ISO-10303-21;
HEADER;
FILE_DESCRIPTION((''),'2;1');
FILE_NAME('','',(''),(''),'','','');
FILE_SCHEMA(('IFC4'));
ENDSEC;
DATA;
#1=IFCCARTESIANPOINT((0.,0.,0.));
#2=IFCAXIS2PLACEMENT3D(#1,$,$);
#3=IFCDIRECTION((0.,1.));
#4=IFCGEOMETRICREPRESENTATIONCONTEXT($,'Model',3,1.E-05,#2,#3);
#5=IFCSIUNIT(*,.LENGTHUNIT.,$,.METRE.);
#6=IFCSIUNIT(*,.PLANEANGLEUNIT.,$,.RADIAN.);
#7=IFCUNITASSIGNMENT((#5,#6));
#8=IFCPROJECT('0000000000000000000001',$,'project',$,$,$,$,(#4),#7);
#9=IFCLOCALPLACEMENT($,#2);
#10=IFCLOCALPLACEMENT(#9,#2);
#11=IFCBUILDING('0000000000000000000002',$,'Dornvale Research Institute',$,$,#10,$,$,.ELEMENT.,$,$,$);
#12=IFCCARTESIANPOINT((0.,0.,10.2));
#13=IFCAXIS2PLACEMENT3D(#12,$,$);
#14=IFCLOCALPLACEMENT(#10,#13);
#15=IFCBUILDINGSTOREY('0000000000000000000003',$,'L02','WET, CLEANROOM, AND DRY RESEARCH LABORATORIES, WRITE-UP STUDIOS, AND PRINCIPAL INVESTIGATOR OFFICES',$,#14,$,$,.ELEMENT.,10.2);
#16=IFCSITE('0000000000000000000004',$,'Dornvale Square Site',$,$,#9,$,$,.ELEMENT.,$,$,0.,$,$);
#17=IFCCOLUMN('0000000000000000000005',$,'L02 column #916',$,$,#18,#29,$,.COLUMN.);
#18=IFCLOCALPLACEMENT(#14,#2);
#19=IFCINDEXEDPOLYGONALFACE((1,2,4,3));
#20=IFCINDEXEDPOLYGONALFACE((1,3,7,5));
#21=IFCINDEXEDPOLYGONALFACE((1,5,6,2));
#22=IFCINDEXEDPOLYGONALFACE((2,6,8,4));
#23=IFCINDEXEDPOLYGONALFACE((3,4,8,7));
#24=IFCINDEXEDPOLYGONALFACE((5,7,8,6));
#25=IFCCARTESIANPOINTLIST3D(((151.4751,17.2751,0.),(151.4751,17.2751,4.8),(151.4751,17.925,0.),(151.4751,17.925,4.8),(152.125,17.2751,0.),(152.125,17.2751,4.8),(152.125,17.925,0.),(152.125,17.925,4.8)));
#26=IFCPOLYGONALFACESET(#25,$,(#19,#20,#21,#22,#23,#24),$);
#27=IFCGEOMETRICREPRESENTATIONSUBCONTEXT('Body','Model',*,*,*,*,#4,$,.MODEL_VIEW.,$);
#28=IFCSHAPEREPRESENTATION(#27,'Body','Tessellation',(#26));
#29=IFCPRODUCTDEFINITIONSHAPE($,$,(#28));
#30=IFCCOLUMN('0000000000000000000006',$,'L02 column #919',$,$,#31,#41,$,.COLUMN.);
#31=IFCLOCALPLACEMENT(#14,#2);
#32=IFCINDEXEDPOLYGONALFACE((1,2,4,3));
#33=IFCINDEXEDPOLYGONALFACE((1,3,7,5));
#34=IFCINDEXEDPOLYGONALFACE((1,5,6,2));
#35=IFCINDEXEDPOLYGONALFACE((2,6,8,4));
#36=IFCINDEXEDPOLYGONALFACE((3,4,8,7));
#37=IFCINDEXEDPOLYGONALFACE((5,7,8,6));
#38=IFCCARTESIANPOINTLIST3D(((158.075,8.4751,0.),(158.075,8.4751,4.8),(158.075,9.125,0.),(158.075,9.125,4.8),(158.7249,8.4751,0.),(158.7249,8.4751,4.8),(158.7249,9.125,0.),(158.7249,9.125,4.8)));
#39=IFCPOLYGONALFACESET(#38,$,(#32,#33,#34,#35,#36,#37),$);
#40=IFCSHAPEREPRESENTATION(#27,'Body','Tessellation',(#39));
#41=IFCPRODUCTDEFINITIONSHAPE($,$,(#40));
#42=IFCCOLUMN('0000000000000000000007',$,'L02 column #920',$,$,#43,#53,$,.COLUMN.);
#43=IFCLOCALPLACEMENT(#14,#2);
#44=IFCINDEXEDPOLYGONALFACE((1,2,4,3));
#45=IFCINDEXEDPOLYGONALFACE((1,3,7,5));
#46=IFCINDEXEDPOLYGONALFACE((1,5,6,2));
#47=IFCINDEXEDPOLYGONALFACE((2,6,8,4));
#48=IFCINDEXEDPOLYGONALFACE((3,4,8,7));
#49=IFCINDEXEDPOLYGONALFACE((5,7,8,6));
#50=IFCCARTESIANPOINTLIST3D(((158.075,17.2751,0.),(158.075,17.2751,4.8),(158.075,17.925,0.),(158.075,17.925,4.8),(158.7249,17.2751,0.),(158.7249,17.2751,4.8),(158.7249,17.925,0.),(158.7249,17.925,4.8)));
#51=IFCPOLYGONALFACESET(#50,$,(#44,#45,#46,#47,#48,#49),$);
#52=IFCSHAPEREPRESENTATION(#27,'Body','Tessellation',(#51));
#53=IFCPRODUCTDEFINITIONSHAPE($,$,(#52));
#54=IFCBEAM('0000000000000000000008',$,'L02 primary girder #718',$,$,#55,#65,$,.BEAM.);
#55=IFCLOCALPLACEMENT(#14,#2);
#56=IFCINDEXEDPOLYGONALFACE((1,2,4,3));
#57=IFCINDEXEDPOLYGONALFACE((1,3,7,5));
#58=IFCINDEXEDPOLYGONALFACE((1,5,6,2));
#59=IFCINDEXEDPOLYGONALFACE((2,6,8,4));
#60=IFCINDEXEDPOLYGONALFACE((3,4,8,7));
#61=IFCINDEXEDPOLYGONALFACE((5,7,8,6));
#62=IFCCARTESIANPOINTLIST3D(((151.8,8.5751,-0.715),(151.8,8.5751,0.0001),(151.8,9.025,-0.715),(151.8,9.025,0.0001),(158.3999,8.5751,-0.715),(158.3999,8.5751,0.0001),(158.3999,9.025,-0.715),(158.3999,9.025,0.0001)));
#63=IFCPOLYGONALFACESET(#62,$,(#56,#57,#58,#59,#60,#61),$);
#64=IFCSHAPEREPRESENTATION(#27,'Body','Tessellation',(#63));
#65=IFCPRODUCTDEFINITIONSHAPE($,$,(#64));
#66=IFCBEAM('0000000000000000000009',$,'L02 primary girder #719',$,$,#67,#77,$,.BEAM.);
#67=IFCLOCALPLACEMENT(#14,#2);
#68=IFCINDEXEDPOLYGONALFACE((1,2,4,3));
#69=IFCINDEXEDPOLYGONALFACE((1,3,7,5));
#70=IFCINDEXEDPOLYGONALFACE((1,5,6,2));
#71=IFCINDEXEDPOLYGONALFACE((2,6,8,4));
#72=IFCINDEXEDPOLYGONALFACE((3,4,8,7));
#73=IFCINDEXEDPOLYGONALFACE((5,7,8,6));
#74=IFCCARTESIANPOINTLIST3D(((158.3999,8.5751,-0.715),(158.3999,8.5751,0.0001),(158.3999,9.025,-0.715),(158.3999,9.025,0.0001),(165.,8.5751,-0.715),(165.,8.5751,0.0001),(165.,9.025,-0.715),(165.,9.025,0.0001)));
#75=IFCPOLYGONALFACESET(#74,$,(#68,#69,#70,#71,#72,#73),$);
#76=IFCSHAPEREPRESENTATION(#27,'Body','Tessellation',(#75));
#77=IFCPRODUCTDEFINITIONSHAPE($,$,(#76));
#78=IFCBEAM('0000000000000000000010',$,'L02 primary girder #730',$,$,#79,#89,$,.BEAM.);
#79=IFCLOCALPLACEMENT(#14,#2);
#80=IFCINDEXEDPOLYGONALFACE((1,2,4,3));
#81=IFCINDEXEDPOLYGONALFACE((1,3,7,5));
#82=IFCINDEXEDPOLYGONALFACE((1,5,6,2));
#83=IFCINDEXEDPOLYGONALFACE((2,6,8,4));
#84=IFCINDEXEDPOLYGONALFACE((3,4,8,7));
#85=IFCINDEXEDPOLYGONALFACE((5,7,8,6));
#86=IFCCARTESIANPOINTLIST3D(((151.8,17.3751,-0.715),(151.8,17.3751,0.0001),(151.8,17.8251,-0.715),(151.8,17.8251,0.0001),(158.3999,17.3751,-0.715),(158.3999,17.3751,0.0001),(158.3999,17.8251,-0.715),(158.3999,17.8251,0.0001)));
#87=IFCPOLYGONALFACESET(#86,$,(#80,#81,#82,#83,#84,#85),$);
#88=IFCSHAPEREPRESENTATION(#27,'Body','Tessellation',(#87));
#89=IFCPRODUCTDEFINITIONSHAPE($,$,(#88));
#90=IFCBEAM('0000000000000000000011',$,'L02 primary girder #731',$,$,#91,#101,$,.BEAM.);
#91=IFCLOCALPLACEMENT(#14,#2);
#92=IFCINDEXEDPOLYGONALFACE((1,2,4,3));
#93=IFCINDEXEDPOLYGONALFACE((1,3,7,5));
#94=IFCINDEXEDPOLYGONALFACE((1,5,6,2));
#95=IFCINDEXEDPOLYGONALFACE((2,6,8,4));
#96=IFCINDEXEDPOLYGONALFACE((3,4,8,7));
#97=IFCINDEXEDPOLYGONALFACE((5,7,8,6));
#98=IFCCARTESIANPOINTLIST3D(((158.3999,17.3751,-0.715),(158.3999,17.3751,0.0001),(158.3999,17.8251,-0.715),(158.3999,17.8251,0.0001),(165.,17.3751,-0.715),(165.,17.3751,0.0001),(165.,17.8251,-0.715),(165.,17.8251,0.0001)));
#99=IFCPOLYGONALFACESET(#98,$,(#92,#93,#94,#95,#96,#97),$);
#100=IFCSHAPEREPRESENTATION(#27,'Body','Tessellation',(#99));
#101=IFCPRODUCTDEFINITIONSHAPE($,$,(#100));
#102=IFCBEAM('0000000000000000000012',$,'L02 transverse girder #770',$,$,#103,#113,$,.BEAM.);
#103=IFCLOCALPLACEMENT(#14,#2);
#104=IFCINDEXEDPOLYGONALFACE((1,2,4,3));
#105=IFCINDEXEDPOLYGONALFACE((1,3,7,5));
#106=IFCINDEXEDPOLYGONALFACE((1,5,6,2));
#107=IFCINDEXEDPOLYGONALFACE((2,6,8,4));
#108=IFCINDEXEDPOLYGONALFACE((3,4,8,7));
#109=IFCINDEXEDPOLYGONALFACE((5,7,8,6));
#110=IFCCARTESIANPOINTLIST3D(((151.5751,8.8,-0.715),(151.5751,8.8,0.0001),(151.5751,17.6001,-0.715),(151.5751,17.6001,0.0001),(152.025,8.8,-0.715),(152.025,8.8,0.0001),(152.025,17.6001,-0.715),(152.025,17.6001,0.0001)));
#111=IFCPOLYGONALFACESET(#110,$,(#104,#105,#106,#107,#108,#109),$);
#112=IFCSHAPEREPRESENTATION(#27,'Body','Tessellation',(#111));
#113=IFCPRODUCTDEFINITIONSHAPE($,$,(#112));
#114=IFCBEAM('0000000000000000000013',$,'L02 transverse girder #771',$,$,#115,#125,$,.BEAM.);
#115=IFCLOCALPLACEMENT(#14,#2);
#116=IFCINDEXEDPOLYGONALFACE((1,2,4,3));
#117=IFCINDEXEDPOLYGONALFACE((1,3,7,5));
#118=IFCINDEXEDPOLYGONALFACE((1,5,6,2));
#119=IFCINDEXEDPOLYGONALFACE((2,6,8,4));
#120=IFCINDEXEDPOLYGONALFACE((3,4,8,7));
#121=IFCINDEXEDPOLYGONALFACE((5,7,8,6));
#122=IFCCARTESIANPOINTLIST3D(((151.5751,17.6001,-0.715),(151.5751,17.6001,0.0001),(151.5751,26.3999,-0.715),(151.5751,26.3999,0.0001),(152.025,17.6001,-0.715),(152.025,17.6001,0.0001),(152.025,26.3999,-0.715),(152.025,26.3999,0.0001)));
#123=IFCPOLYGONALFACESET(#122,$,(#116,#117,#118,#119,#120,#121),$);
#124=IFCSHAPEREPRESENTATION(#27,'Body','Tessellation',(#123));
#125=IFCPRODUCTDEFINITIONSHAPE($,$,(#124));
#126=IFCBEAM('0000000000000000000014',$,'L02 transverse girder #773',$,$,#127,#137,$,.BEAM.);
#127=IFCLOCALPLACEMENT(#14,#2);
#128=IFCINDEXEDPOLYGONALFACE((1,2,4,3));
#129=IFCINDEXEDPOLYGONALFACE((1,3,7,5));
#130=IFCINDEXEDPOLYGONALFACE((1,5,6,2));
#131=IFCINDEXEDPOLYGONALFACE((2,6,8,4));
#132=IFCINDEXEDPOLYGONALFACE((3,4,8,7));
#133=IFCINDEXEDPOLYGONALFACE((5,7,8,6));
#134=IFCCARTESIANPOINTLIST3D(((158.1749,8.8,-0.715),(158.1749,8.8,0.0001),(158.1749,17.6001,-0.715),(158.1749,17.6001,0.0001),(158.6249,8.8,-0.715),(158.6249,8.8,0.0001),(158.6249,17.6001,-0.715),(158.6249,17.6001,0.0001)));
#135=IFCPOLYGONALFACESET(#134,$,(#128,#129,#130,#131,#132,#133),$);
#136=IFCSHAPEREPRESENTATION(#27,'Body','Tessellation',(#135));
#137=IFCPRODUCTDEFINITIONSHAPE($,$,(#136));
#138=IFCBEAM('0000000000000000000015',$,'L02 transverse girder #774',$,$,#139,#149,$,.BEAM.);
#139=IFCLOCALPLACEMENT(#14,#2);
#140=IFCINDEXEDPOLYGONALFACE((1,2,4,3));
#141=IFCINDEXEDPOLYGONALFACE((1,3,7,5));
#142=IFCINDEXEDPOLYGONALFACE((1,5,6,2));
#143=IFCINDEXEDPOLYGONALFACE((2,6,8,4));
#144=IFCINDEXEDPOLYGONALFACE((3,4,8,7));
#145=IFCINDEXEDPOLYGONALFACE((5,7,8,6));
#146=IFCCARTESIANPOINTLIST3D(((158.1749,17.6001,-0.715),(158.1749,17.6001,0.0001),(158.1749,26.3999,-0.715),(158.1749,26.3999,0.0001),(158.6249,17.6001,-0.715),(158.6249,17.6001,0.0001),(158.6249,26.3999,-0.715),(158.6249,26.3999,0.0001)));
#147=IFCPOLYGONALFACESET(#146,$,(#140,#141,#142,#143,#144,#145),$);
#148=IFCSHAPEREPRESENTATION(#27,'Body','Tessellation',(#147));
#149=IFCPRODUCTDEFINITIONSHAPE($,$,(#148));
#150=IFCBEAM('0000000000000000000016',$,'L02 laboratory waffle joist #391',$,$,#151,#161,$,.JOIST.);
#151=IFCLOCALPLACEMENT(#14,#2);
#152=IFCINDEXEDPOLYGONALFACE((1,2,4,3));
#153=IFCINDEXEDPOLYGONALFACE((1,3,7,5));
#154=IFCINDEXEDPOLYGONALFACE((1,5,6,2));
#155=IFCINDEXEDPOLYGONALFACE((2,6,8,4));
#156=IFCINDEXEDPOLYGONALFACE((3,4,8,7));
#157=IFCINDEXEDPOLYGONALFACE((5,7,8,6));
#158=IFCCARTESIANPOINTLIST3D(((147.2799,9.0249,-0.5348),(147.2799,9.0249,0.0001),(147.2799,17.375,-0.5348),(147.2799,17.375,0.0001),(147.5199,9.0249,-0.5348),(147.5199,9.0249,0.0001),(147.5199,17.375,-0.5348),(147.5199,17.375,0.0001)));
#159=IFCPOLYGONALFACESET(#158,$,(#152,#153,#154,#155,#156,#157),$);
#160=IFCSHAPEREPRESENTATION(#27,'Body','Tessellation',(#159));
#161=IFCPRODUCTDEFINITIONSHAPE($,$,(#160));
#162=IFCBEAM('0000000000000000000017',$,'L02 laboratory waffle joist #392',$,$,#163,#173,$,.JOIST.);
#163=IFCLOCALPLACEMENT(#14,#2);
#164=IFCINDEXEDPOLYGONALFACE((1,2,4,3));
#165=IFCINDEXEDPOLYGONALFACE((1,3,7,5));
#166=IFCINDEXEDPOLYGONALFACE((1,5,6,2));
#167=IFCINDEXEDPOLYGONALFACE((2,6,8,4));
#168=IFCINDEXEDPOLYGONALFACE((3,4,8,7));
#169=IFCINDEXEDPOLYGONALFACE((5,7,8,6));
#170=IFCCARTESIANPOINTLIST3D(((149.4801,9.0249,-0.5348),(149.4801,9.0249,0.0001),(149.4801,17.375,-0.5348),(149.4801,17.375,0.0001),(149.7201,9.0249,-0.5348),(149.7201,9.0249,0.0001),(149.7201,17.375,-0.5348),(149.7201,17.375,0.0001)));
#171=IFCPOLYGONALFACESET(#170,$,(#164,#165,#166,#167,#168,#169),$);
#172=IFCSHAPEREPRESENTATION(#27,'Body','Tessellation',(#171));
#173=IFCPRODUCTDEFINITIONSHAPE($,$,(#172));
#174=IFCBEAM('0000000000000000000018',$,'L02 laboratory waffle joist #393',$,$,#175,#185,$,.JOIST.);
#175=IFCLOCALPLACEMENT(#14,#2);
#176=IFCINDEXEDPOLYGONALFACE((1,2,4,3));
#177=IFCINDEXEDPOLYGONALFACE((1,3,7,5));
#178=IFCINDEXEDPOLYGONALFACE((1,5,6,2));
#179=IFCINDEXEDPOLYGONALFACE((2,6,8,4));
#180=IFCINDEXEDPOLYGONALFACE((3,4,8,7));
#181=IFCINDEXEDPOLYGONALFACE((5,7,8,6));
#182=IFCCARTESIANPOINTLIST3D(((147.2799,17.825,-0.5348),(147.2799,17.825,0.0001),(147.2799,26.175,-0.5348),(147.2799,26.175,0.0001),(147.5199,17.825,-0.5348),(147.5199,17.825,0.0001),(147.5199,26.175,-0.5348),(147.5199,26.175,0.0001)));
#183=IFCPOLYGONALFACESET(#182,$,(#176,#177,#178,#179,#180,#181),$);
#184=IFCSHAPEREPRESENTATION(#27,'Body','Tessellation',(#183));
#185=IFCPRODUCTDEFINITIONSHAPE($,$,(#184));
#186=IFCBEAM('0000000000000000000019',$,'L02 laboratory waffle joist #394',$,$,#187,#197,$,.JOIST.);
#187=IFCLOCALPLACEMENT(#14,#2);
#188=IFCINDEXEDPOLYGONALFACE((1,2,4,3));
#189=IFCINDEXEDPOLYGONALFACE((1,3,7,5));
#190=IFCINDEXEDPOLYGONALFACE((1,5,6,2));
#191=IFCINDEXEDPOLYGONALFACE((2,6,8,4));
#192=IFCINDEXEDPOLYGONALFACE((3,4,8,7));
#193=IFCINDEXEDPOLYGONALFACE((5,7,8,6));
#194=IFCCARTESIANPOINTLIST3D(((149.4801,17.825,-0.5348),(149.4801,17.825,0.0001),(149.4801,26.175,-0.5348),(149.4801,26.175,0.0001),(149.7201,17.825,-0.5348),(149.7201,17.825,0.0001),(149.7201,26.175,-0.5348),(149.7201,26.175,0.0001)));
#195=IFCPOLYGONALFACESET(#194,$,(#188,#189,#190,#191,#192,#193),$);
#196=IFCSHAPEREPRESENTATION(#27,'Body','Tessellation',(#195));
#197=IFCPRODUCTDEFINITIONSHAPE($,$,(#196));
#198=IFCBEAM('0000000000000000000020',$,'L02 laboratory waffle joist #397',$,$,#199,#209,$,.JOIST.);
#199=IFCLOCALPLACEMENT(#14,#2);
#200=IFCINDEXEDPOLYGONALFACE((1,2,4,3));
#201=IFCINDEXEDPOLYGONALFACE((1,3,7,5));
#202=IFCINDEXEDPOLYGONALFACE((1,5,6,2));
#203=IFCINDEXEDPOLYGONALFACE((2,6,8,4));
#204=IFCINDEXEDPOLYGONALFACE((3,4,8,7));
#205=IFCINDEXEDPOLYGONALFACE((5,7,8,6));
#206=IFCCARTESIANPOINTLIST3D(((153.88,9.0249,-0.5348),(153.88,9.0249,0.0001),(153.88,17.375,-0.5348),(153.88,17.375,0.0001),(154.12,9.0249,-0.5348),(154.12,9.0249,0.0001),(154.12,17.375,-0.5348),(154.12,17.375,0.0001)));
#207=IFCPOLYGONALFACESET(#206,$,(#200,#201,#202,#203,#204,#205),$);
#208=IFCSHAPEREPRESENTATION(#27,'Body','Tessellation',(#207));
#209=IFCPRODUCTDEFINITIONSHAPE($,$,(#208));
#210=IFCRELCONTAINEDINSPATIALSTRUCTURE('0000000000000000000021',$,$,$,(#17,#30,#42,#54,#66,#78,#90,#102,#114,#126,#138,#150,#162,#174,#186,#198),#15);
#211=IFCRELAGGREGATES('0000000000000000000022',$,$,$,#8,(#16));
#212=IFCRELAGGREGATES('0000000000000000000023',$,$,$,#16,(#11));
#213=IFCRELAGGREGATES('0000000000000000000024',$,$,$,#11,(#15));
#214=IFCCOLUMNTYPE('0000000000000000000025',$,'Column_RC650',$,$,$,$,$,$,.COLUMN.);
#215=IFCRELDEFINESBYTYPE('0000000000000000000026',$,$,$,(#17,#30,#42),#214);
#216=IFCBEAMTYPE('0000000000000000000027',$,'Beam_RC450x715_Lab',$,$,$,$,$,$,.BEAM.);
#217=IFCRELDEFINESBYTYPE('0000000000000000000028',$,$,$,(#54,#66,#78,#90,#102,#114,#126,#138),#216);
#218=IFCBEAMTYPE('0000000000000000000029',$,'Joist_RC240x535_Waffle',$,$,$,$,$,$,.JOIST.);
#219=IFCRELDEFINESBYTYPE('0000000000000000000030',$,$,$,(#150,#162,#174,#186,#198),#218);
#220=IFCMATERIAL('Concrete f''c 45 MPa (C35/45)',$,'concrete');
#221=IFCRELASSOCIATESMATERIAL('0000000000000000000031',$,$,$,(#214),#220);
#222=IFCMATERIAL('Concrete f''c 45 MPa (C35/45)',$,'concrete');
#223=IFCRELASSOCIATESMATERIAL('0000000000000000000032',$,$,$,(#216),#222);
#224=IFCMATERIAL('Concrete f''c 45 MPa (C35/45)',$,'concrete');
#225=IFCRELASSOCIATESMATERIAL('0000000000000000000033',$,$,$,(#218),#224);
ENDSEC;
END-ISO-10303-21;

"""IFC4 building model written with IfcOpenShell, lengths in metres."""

from ifc_helpers import new_model, si_unit, direction, frame, origin, origin_2d, place, context, subcontext, project, spatial, rectangle, extrude, material, material_profile, profile_set, type_object, element, save


model = new_model("IFC4")

# Units and contexts
model_context = context("Model", 3, precision=1e-05, world=origin(), true_north=direction((0.0, 1.0)))
body_context = subcontext(model_context, "Body", "Model", "MODEL_VIEW")
ifc_project = project(units=[si_unit("LENGTHUNIT", "METRE"), si_unit("PLANEANGLEUNIT", "RADIAN")], contexts=[model_context])

# Site, building, storey
site_placement = place(None, origin())
site = spatial("IfcSite", under=ifc_project, at=site_placement, Name="Dornvale Square Site", CompositionType="ELEMENT", RefElevation=0.0)
building_placement = place(site_placement, origin())
building = spatial("IfcBuilding", under=site, at=building_placement, Name="Dornvale Research Institute", CompositionType="ELEMENT")
storey_placement = place(building_placement, frame((0.0, 0.0, 10.2)))
storey = spatial("IfcBuildingStorey", under=building, at=storey_placement, Name="L02", Description="WET, CLEANROOM, AND DRY RESEARCH LABORATORIES, WRITE-UP STUDIOS, AND PRINCIPAL INVESTIGATOR OFFICES", CompositionType="ELEMENT", Elevation=10.2)

# Columns
ifc_material_1 = material(Name="Concrete f'c 45 MPa (C35/45)", Category="concrete")
ifc_material_profile_1 = material_profile(ifc_material_1, rectangle(XDim=0.6499, YDim=0.6499, at=origin_2d()), Name="RC 650x650")
ifc_profile_set_1 = profile_set([ifc_material_profile_1], Name="Concrete f'c 45 MPa (C35/45)")
column_type = type_object("IfcColumnType", Name="Column_RC650", PredefinedType="COLUMN", material=ifc_profile_set_1)
for number, where, z_axis, x_axis, name in (
    (1, (151.8, 17.6001, 0.0), (0.0, 0.0, 1.0), (1.0, 0.0, 0.0), "L02 column #916"),
    (2, (158.3999, 8.8, 0.0), (0.0, 0.0, 1.0), (1.0, 0.0, 0.0), "L02 column #919"),
    (3, (158.3999, 17.6001, 0.0), (0.0, 0.0, 1.0), (1.0, 0.0, 0.0), "L02 column #920"),
):
    element("IfcColumn", number, at=place(storey_placement, frame(where, z_axis=z_axis, x_axis=x_axis)), inside=storey, type_object=column_type, Name=name, PredefinedType="COLUMN", context=body_context, shape_type="SweptSolid", body=[
        extrude(rectangle(XDim=0.6499, YDim=0.6499, at=origin_2d()), origin(), (0.0, 0.0, 1.0), 4.8),
    ])

# Beams
ifc_material_2 = material(Name="Concrete f'c 45 MPa (C35/45)", Category="concrete")
ifc_material_profile_2 = material_profile(ifc_material_2, rectangle(XDim=0.45, YDim=0.7151, at=origin_2d()), Name="RC 450x715")
ifc_profile_set_2 = profile_set([ifc_material_profile_2], Name="Concrete f'c 45 MPa (C35/45)")
beam_type_1 = type_object("IfcBeamType", Name="Beam_RC450x715_Lab", PredefinedType="BEAM", material=ifc_profile_set_2)
beam_1_placement = place(storey_placement, frame((151.8, 8.8, -0.3574), z_axis=(1.0, 0.0, 0.0), x_axis=(0.0, 1.0, 0.0)))
element("IfcBeam", 4, at=beam_1_placement, inside=storey, type_object=beam_type_1, Name="L02 primary girder #718", PredefinedType="BEAM", context=body_context, shape_type="SweptSolid", body=[
    extrude(rectangle(XDim=0.45, YDim=0.7151, at=origin_2d()), origin(), (0.0, 0.0, 1.0), 6.5999),
])
beam_2_placement = place(storey_placement, frame((158.3999, 8.8, -0.3574), z_axis=(1.0, 0.0, 0.0), x_axis=(0.0, 1.0, 0.0)))
element("IfcBeam", 5, at=beam_2_placement, inside=storey, type_object=beam_type_1, Name="L02 primary girder #719", PredefinedType="BEAM", context=body_context, shape_type="SweptSolid", body=[
    extrude(rectangle(XDim=0.45, YDim=0.7151, at=origin_2d()), origin(), (0.0, 0.0, 1.0), 6.6001),
])
beam_3_placement = place(storey_placement, frame((151.8, 17.6001, -0.3574), z_axis=(1.0, 0.0, 0.0), x_axis=(0.0, 1.0, 0.0)))
element("IfcBeam", 6, at=beam_3_placement, inside=storey, type_object=beam_type_1, Name="L02 primary girder #730", PredefinedType="BEAM", context=body_context, shape_type="SweptSolid", body=[
    extrude(rectangle(XDim=0.45, YDim=0.7151, at=origin_2d()), origin(), (0.0, 0.0, 1.0), 6.5999),
])
beam_4_placement = place(storey_placement, frame((158.3999, 17.6001, -0.3574), z_axis=(1.0, 0.0, 0.0), x_axis=(0.0, 1.0, 0.0)))
element("IfcBeam", 7, at=beam_4_placement, inside=storey, type_object=beam_type_1, Name="L02 primary girder #731", PredefinedType="BEAM", context=body_context, shape_type="SweptSolid", body=[
    extrude(rectangle(XDim=0.45, YDim=0.7151, at=origin_2d()), origin(), (0.0, 0.0, 1.0), 6.6001),
])
beam_5_placement = place(storey_placement, frame((151.8, 8.8, -0.3574), z_axis=(0.0, 1.0, 0.0), x_axis=(-1.0, 0.0, 0.0)))
element("IfcBeam", 8, at=beam_5_placement, inside=storey, type_object=beam_type_1, Name="L02 transverse girder #770", PredefinedType="BEAM", context=body_context, shape_type="SweptSolid", body=[
    extrude(rectangle(XDim=0.45, YDim=0.7151, at=origin_2d()), origin(), (0.0, 0.0, 1.0), 8.8),
])
beam_6_placement = place(storey_placement, frame((151.8, 17.6001, -0.3574), z_axis=(0.0, 1.0, 0.0), x_axis=(-1.0, 0.0, 0.0)))
element("IfcBeam", 9, at=beam_6_placement, inside=storey, type_object=beam_type_1, Name="L02 transverse girder #771", PredefinedType="BEAM", context=body_context, shape_type="SweptSolid", body=[
    extrude(rectangle(XDim=0.45, YDim=0.7151, at=origin_2d()), origin(), (0.0, 0.0, 1.0), 8.7998),
])
beam_7_placement = place(storey_placement, frame((158.3999, 8.8, -0.3574), z_axis=(0.0, 1.0, 0.0), x_axis=(-1.0, 0.0, 0.0)))
element("IfcBeam", 10, at=beam_7_placement, inside=storey, type_object=beam_type_1, Name="L02 transverse girder #773", PredefinedType="BEAM", context=body_context, shape_type="SweptSolid", body=[
    extrude(rectangle(XDim=0.45, YDim=0.7151, at=origin_2d()), origin(), (0.0, 0.0, 1.0), 8.8),
])
beam_8_placement = place(storey_placement, frame((158.3999, 17.6001, -0.3574), z_axis=(0.0, 1.0, 0.0), x_axis=(-1.0, 0.0, 0.0)))
element("IfcBeam", 11, at=beam_8_placement, inside=storey, type_object=beam_type_1, Name="L02 transverse girder #774", PredefinedType="BEAM", context=body_context, shape_type="SweptSolid", body=[
    extrude(rectangle(XDim=0.45, YDim=0.7151, at=origin_2d()), origin(), (0.0, 0.0, 1.0), 8.7998),
])
ifc_material_3 = material(Name="Concrete f'c 45 MPa (C35/45)", Category="concrete")
ifc_material_profile_3 = material_profile(ifc_material_3, rectangle(XDim=0.24, YDim=0.5349, at=origin_2d()), Name="RC 240x535")
ifc_profile_set_3 = profile_set([ifc_material_profile_3], Name="Concrete f'c 45 MPa (C35/45)")
beam_type_2 = type_object("IfcBeamType", Name="Joist_RC240x535_Waffle", PredefinedType="JOIST", material=ifc_profile_set_3)
for number, where, z_axis, x_axis, name in (
    (12, (147.3999, 9.0249, -0.2673), (0.0, 1.0, 0.0), (-1.0, 0.0, 0.0), "L02 laboratory waffle joist #391"),
    (13, (149.6001, 9.0249, -0.2673), (0.0, 1.0, 0.0), (-1.0, 0.0, 0.0), "L02 laboratory waffle joist #392"),
    (14, (147.3999, 17.825, -0.2673), (0.0, 1.0, 0.0), (-1.0, 0.0, 0.0), "L02 laboratory waffle joist #393"),
    (15, (149.6001, 17.825, -0.2673), (0.0, 1.0, 0.0), (-1.0, 0.0, 0.0), "L02 laboratory waffle joist #394"),
    (16, (154.0, 9.0249, -0.2673), (0.0, 1.0, 0.0), (-1.0, 0.0, 0.0), "L02 laboratory waffle joist #397"),
):
    element("IfcBeam", number, at=place(storey_placement, frame(where, z_axis=z_axis, x_axis=x_axis)), inside=storey, type_object=beam_type_2, Name=name, PredefinedType="JOIST", context=body_context, shape_type="SweptSolid", body=[
        extrude(rectangle(XDim=0.24, YDim=0.5349, at=origin_2d()), origin(), (0.0, 0.0, 1.0), 8.3501),
    ])

save(model, "model.ifc")
